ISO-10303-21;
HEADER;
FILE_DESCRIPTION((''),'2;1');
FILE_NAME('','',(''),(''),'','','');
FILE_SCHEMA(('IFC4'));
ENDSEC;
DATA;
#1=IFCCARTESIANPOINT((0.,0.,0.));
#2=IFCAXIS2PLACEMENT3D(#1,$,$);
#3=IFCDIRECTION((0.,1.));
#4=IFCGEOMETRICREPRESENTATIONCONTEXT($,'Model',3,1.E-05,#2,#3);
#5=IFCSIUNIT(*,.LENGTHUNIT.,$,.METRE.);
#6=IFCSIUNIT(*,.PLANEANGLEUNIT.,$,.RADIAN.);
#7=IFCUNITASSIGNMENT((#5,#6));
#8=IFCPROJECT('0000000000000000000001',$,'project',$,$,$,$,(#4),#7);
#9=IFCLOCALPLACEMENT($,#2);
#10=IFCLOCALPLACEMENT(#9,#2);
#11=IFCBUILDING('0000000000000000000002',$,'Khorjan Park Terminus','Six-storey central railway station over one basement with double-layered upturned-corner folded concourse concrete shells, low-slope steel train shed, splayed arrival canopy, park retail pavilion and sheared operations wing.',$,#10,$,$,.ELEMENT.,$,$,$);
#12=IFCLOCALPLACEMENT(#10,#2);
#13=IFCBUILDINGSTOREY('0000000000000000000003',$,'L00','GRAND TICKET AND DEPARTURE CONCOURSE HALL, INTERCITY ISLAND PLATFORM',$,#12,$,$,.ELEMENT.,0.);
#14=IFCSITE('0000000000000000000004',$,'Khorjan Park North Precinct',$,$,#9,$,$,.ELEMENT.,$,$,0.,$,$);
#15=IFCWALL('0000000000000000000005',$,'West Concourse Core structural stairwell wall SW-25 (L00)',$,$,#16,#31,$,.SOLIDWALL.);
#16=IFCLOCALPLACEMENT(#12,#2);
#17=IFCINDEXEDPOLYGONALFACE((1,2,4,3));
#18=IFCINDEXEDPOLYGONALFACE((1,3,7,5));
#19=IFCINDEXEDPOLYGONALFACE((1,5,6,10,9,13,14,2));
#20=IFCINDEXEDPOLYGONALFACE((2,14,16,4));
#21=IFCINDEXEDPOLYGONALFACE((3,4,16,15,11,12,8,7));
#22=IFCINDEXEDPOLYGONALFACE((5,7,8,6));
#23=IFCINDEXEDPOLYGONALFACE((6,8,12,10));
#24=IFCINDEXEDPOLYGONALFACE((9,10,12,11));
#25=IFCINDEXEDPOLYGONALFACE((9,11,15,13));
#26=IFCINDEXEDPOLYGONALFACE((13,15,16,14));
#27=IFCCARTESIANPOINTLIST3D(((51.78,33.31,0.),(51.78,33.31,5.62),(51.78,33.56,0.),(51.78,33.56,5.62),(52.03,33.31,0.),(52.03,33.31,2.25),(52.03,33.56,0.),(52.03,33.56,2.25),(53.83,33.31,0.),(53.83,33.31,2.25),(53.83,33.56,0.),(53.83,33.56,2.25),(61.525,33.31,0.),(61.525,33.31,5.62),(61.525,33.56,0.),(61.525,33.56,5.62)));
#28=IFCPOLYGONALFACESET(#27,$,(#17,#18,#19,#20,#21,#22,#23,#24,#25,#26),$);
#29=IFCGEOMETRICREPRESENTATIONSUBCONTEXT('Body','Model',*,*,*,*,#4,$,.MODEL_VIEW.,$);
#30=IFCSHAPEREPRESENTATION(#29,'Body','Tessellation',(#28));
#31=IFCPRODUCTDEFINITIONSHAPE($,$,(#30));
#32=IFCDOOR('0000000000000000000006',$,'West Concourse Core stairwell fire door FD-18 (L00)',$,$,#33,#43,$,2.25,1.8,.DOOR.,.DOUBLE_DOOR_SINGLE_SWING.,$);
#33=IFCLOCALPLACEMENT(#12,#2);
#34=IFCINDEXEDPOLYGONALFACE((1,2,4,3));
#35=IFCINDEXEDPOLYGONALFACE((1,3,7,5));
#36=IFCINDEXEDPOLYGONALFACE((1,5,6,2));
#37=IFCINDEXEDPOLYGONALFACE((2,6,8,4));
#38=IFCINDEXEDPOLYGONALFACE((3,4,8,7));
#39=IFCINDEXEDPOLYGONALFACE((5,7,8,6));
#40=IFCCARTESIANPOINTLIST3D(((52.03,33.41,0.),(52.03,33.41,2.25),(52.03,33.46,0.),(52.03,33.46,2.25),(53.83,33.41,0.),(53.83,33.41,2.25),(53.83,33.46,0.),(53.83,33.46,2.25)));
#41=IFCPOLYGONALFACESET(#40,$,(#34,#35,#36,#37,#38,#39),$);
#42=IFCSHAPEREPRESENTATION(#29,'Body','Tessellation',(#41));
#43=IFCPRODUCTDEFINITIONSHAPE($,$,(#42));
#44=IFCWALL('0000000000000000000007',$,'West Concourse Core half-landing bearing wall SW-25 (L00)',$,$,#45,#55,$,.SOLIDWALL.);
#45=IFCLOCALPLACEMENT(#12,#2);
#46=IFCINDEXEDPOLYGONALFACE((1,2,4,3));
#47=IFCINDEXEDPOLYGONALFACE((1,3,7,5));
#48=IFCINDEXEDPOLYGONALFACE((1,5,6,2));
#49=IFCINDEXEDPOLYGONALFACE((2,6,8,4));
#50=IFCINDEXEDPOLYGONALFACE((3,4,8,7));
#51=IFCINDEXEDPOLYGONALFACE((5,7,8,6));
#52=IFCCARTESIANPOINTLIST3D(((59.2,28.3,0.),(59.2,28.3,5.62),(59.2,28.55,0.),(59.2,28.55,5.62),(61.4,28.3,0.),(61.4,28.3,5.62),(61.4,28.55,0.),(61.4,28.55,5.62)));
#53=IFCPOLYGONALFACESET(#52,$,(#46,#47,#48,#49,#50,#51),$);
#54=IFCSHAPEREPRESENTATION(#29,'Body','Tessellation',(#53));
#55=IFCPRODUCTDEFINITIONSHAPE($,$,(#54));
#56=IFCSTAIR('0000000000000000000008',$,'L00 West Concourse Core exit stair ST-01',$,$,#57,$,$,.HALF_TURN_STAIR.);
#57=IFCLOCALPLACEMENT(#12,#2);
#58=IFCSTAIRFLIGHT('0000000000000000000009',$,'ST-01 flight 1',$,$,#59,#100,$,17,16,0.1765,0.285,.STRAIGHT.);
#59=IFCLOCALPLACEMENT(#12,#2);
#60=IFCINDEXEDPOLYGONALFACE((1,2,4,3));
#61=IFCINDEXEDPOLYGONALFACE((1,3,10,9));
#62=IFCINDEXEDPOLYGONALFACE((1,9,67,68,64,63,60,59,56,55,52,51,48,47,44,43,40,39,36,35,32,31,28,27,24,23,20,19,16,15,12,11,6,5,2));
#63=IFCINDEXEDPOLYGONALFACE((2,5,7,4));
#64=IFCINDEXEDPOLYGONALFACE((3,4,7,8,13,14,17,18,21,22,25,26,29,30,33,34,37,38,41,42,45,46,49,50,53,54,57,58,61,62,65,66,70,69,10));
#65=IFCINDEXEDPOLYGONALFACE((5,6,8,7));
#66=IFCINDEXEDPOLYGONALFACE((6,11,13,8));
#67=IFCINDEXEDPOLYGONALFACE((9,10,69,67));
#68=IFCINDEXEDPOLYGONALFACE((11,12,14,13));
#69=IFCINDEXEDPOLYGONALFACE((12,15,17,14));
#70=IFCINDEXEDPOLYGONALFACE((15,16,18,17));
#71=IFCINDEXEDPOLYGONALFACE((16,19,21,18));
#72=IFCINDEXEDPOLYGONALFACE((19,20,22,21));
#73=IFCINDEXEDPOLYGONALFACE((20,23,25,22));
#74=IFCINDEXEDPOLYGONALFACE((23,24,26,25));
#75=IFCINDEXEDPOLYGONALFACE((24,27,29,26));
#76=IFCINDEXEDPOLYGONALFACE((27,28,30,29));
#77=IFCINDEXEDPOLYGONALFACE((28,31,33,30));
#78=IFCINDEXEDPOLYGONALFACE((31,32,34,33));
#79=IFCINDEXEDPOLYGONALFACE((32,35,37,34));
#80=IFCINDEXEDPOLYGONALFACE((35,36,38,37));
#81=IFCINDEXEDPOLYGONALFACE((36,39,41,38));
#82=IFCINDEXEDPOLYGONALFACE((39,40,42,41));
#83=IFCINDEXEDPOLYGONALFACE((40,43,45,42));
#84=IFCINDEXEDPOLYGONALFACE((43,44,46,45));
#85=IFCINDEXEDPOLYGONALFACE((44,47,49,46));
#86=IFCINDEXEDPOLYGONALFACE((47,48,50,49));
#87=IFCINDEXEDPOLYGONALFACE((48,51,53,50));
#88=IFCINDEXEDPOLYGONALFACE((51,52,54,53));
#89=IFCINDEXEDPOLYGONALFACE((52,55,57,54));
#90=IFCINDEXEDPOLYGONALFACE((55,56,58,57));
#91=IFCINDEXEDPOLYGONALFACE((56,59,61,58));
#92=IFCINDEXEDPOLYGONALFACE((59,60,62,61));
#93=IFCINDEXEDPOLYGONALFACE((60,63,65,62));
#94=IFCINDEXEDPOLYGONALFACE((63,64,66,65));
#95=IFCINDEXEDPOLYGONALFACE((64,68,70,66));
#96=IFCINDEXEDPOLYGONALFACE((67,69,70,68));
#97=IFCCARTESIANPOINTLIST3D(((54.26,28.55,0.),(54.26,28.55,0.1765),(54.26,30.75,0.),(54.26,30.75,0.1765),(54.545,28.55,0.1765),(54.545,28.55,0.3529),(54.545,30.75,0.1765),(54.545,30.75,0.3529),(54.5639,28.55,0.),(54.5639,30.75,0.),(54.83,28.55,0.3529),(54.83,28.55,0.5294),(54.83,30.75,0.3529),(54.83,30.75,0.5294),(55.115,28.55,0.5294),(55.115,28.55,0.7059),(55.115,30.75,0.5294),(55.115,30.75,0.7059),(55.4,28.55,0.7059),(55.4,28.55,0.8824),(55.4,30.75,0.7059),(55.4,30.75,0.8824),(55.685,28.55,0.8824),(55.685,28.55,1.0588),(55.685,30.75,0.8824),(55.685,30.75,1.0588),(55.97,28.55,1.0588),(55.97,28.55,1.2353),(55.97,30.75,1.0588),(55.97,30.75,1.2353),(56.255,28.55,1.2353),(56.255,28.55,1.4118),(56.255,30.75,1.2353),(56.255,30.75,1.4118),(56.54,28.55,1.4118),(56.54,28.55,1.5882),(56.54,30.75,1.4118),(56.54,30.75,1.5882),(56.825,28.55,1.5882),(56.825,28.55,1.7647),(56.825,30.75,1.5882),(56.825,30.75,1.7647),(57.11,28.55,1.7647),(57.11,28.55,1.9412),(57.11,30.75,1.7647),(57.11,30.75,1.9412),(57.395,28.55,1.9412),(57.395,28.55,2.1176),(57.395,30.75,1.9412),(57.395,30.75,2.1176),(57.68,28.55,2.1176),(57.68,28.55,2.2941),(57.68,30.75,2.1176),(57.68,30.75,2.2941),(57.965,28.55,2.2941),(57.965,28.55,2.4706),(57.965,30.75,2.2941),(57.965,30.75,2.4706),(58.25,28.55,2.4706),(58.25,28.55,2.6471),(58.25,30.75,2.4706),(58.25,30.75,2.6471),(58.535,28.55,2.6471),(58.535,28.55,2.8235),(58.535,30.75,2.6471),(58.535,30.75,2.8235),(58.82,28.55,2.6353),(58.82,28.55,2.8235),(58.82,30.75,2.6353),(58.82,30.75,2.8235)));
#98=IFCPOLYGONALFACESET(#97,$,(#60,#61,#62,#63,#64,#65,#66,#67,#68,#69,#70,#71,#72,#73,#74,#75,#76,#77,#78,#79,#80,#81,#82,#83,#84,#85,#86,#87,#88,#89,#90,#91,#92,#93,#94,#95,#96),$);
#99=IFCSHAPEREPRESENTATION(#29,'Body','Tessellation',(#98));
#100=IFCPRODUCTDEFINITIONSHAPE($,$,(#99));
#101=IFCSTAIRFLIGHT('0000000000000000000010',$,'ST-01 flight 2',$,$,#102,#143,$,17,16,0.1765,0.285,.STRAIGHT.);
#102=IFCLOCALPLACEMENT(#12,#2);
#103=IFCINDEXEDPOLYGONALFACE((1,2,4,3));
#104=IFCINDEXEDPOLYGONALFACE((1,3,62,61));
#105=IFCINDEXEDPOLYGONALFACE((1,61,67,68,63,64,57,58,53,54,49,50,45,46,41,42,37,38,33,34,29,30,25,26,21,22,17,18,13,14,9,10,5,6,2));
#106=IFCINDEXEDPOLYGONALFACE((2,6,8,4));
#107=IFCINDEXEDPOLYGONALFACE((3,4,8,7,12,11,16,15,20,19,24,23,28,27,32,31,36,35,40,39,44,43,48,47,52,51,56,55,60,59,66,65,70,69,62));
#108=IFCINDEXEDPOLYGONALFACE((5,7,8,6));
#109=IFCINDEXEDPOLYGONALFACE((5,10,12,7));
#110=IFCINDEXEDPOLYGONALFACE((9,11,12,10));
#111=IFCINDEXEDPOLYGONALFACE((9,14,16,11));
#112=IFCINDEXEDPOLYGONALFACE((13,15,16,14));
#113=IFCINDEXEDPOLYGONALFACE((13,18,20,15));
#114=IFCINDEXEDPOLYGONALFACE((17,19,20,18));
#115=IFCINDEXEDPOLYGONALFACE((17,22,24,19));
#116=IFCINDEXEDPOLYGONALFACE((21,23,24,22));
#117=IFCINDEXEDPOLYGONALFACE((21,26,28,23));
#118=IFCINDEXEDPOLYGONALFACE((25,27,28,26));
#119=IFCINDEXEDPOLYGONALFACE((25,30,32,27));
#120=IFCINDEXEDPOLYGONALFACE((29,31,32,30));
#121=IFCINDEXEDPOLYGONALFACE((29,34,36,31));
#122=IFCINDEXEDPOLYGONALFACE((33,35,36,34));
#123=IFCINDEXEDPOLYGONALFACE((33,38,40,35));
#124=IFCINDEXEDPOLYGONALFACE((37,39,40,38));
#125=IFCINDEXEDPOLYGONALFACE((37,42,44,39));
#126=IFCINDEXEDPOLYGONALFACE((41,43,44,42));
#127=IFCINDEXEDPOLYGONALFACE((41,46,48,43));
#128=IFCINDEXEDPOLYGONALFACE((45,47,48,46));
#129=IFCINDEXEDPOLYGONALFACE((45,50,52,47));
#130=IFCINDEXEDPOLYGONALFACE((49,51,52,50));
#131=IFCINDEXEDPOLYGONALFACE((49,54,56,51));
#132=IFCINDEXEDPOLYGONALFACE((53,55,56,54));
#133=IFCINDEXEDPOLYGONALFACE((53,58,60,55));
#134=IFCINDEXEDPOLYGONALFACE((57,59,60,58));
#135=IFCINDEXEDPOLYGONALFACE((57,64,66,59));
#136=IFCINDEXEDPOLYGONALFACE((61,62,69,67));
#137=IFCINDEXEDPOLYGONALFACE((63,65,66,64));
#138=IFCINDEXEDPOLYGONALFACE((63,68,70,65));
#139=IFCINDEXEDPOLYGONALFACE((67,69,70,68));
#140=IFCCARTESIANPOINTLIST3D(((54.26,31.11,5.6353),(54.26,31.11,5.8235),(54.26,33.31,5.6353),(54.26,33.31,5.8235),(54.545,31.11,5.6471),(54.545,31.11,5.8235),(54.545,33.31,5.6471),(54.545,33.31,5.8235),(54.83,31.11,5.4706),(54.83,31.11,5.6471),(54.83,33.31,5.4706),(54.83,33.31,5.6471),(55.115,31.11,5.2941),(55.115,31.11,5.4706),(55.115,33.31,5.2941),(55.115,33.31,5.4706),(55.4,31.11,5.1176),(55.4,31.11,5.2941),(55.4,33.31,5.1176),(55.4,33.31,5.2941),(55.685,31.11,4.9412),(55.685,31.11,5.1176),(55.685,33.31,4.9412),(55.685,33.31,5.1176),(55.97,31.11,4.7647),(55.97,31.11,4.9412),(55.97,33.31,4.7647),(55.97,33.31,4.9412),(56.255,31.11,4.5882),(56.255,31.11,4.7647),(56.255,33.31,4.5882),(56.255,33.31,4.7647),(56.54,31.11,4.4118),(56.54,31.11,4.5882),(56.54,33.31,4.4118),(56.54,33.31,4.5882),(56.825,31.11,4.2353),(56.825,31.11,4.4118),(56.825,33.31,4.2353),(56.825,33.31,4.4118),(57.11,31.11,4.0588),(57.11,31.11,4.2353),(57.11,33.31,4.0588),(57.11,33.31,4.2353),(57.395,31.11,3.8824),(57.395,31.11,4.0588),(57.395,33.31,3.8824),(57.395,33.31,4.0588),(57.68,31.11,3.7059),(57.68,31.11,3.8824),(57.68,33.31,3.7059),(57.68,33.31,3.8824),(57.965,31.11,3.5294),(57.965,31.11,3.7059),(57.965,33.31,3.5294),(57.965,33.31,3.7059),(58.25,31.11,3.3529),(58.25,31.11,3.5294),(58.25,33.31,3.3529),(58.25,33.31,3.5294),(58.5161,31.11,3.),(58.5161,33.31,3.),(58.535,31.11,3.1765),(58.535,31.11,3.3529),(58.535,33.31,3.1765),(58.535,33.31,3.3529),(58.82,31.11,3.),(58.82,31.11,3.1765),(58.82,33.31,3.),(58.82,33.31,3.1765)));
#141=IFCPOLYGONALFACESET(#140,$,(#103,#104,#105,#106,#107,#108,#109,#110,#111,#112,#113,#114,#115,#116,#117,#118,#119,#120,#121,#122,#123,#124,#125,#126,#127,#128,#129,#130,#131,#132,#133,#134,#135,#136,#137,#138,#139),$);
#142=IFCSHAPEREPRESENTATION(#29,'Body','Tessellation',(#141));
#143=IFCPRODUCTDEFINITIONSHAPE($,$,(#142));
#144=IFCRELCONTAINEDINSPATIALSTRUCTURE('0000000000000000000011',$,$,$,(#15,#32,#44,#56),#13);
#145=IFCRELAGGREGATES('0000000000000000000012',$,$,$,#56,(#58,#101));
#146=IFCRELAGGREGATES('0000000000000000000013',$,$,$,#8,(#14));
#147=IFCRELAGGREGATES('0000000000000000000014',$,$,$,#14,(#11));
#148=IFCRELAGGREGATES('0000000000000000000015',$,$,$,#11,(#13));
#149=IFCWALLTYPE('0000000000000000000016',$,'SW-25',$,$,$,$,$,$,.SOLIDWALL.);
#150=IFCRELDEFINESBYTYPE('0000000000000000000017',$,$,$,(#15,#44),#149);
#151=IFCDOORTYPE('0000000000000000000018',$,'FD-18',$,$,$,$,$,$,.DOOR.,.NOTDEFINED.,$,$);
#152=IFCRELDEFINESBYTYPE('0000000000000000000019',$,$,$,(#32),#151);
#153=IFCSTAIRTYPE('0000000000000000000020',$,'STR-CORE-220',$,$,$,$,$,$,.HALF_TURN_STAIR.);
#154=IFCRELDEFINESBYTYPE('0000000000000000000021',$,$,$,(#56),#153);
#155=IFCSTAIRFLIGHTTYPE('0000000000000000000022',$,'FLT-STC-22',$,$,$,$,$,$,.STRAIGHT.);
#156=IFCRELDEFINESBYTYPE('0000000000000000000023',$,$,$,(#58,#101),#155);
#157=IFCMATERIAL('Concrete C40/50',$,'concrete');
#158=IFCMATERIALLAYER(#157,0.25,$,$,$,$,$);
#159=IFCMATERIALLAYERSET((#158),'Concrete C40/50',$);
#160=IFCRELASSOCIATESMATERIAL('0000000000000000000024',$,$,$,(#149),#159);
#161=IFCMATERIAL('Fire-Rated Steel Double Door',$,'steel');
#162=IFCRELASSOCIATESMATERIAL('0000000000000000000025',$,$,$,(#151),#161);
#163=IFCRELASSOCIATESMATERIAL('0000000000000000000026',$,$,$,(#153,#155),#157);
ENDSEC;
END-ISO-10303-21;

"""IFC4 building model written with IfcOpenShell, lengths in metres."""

from ifc_helpers import new_model, si_unit, direction, frame, frame_2d, origin, place, context, subcontext, project, spatial, polyline, rectangle, outline, extrude, material, layer, layer_set, type_object, element, fill, aggregate, save


model = new_model("IFC4")

# Units and contexts
model_context = context("Model", 3, precision=1e-05, world=origin(), true_north=direction((0.0, 1.0)))
body_context = subcontext(model_context, "Body", "Model", "MODEL_VIEW")
ifc_project = project(units=[si_unit("LENGTHUNIT", "METRE"), si_unit("PLANEANGLEUNIT", "RADIAN")], contexts=[model_context])

# Site, building, storey
site_placement = place(None, origin())
site = spatial("IfcSite", under=ifc_project, at=site_placement, Name="Khorjan Park North Precinct", CompositionType="ELEMENT", RefElevation=0.0)
building_placement = place(site_placement, origin())
building = spatial("IfcBuilding", under=site, at=building_placement, Name="Khorjan Park Terminus", Description="Six-storey central railway station over one basement with double-layered upturned-corner folded concourse concrete shells, low-slope steel train shed, splayed arrival canopy, park retail pavilion and sheared operations wing.", CompositionType="ELEMENT")
storey_placement = place(building_placement, origin())
storey = spatial("IfcBuildingStorey", under=building, at=storey_placement, Name="L00", Description="GRAND TICKET AND DEPARTURE CONCOURSE HALL, INTERCITY ISLAND PLATFORM", CompositionType="ELEMENT", Elevation=0.0)

# Wall, opening, door
ifc_material_1 = material(Name="Concrete C40/50", Category="concrete")
ifc_layer_1 = layer(ifc_material_1, 0.25)
ifc_layer_set_1 = layer_set([ifc_layer_1], Name="Concrete C40/50")
wall_type_1 = type_object("IfcWallType", Name="SW-25", PredefinedType="SOLIDWALL", material=ifc_layer_set_1)
wall_1_placement = place(storey_placement, frame((51.78, 33.435, 0.0), z_axis=(0.0, 0.0, 1.0), x_axis=(1.0, 0.0, 0.0)))
wall_1 = element("IfcWall", 1, at=wall_1_placement, inside=storey, type_object=wall_type_1, Name="West Concourse Core structural stairwell wall SW-25 (L00)", PredefinedType="SOLIDWALL", context=body_context, shape_type="SweptSolid", body=[
    extrude(rectangle(XDim=9.745, YDim=0.25, at=frame_2d((4.8725, 0.0))), origin(), (0.0, 0.0, 1.0), 5.62),
])
opening_placement = place(wall_1_placement, frame((0.25, 0.0, 0.0)))
opening = element("IfcOpeningElement", 2, at=opening_placement, cuts=wall_1, PredefinedType="OPENING", context=body_context, shape_type="SweptSolid", body=[
    extrude(rectangle(XDim=1.8, YDim=2.25, at=frame_2d((0.9, 1.125))), frame((0.0, 0.135, 0.0), z_axis=(0.0, -1.0, 0.0), x_axis=(1.0, 0.0, 0.0)), (0.0, 0.0, 1.0), 0.27),
])
ifc_material_2 = material(Name="Fire-Rated Steel Double Door", Category="steel")
door_type = type_object("IfcDoorType", Name="FD-18", OperationType="NOTDEFINED", PredefinedType="DOOR", material=ifc_material_2)
door_placement = place(opening_placement, origin())
door = element("IfcDoor", 3, at=door_placement, inside=storey, type_object=door_type, Name="West Concourse Core stairwell fire door FD-18 (L00)", OperationType="DOUBLE_DOOR_SINGLE_SWING", OverallHeight=2.25, OverallWidth=1.8, PredefinedType="DOOR", context=body_context, shape_type="SweptSolid", body=[
    extrude(rectangle(XDim=1.8, YDim=2.25, at=frame_2d((0.9, 1.125))), frame((0.0, 0.025, 0.0), z_axis=(0.0, -1.0, 0.0), x_axis=(1.0, 0.0, 0.0)), (0.0, 0.0, 1.0), 0.05),
])
fill(opening, door)

# Wall
wall_2_placement = place(storey_placement, frame((59.2, 28.425, 0.0), z_axis=(0.0, 0.0, 1.0), x_axis=(1.0, 0.0, 0.0)))
element("IfcWall", 4, at=wall_2_placement, inside=storey, type_object=wall_type_1, Name="West Concourse Core half-landing bearing wall SW-25 (L00)", PredefinedType="SOLIDWALL", context=body_context, shape_type="SweptSolid", body=[
    extrude(rectangle(XDim=2.2, YDim=0.25, at=frame_2d((1.1, 0.0))), origin(), (0.0, 0.0, 1.0), 5.62),
])

# Stair, stair flights
stair_type = type_object("IfcStairType", Name="STR-CORE-220", PredefinedType="HALF_TURN_STAIR", material=ifc_material_1)
stair_placement = place(storey_placement, origin())
stair = element("IfcStair", 5, at=stair_placement, inside=storey, type_object=stair_type, Name="L00 West Concourse Core exit stair ST-01", PredefinedType="HALF_TURN_STAIR")
stair_flight_type = type_object("IfcStairFlightType", Name="FLT-STC-22", PredefinedType="STRAIGHT", material=ifc_material_1)
stair_flight_1_placement = place(storey_placement, frame((54.26, 29.65, 0.0), z_axis=(0.0, 0.0, 1.0), x_axis=(1.0, 0.0, 0.0)))
stair_flight_1 = element("IfcStairFlight", 6, at=stair_flight_1_placement, type_object=stair_flight_type, Name="ST-01 flight 1", NumberOfRisers=17, NumberOfTreads=16, PredefinedType="STRAIGHT", RiserHeight=0.1765, TreadLength=0.285, context=body_context, shape_type="SweptSolid", body=[
    extrude(outline(polyline([(0.0, 0.0), (0.0, 0.1765), (0.285, 0.1765), (0.285, 0.3529), (0.57, 0.3529), (0.57, 0.5294), (0.855, 0.5294), (0.855, 0.7059), (1.14, 0.7059), (1.14, 0.8824), (1.425, 0.8824), (1.425, 1.0588), (1.71, 1.0588), (1.71, 1.2353), (1.995, 1.2353), (1.995, 1.4118), (2.28, 1.4118), (2.28, 1.5882), (2.565, 1.5882), (2.565, 1.7647), (2.85, 1.7647), (2.85, 1.9412), (3.135, 1.9412), (3.135, 2.1176), (3.42, 2.1176), (3.42, 2.2941), (3.705, 2.2941), (3.705, 2.4706), (3.99, 2.4706), (3.99, 2.6471), (4.275, 2.6471), (4.275, 2.8235), (4.56, 2.8235), (4.56, 3.0), (4.56, 2.6353), (0.3039, 0.0), (0.0, 0.0)])), frame((0.0, 1.1, 0.0), z_axis=(0.0, -1.0, 0.0), x_axis=(1.0, 0.0, 0.0)), (0.0, 0.0, 1.0), 2.2),
])
stair_flight_2_placement = place(storey_placement, frame((58.82, 32.21, 3.0), z_axis=(0.0, 0.0, 1.0), x_axis=(-1.0, 0.0, 0.0)))
stair_flight_2 = element("IfcStairFlight", 7, at=stair_flight_2_placement, type_object=stair_flight_type, Name="ST-01 flight 2", NumberOfRisers=17, NumberOfTreads=16, PredefinedType="STRAIGHT", RiserHeight=0.1765, TreadLength=0.285, context=body_context, shape_type="SweptSolid", body=[
    extrude(outline(polyline([(0.0, 0.0), (0.0, 0.1765), (0.285, 0.1765), (0.285, 0.3529), (0.57, 0.3529), (0.57, 0.5294), (0.855, 0.5294), (0.855, 0.7059), (1.14, 0.7059), (1.14, 0.8824), (1.425, 0.8824), (1.425, 1.0588), (1.71, 1.0588), (1.71, 1.2353), (1.995, 1.2353), (1.995, 1.4118), (2.28, 1.4118), (2.28, 1.5882), (2.565, 1.5882), (2.565, 1.7647), (2.85, 1.7647), (2.85, 1.9412), (3.135, 1.9412), (3.135, 2.1176), (3.42, 2.1176), (3.42, 2.2941), (3.705, 2.2941), (3.705, 2.4706), (3.99, 2.4706), (3.99, 2.6471), (4.275, 2.6471), (4.275, 2.8235), (4.56, 2.8235), (4.56, 3.0), (4.56, 2.6353), (0.3039, 0.0), (0.0, 0.0)])), frame((0.0, 1.1, 0.0), z_axis=(0.0, -1.0, 0.0), x_axis=(1.0, 0.0, 0.0)), (0.0, 0.0, 1.0), 2.2),
])
aggregate(stair, [stair_flight_1, stair_flight_2])

save(model, "model.ifc")
